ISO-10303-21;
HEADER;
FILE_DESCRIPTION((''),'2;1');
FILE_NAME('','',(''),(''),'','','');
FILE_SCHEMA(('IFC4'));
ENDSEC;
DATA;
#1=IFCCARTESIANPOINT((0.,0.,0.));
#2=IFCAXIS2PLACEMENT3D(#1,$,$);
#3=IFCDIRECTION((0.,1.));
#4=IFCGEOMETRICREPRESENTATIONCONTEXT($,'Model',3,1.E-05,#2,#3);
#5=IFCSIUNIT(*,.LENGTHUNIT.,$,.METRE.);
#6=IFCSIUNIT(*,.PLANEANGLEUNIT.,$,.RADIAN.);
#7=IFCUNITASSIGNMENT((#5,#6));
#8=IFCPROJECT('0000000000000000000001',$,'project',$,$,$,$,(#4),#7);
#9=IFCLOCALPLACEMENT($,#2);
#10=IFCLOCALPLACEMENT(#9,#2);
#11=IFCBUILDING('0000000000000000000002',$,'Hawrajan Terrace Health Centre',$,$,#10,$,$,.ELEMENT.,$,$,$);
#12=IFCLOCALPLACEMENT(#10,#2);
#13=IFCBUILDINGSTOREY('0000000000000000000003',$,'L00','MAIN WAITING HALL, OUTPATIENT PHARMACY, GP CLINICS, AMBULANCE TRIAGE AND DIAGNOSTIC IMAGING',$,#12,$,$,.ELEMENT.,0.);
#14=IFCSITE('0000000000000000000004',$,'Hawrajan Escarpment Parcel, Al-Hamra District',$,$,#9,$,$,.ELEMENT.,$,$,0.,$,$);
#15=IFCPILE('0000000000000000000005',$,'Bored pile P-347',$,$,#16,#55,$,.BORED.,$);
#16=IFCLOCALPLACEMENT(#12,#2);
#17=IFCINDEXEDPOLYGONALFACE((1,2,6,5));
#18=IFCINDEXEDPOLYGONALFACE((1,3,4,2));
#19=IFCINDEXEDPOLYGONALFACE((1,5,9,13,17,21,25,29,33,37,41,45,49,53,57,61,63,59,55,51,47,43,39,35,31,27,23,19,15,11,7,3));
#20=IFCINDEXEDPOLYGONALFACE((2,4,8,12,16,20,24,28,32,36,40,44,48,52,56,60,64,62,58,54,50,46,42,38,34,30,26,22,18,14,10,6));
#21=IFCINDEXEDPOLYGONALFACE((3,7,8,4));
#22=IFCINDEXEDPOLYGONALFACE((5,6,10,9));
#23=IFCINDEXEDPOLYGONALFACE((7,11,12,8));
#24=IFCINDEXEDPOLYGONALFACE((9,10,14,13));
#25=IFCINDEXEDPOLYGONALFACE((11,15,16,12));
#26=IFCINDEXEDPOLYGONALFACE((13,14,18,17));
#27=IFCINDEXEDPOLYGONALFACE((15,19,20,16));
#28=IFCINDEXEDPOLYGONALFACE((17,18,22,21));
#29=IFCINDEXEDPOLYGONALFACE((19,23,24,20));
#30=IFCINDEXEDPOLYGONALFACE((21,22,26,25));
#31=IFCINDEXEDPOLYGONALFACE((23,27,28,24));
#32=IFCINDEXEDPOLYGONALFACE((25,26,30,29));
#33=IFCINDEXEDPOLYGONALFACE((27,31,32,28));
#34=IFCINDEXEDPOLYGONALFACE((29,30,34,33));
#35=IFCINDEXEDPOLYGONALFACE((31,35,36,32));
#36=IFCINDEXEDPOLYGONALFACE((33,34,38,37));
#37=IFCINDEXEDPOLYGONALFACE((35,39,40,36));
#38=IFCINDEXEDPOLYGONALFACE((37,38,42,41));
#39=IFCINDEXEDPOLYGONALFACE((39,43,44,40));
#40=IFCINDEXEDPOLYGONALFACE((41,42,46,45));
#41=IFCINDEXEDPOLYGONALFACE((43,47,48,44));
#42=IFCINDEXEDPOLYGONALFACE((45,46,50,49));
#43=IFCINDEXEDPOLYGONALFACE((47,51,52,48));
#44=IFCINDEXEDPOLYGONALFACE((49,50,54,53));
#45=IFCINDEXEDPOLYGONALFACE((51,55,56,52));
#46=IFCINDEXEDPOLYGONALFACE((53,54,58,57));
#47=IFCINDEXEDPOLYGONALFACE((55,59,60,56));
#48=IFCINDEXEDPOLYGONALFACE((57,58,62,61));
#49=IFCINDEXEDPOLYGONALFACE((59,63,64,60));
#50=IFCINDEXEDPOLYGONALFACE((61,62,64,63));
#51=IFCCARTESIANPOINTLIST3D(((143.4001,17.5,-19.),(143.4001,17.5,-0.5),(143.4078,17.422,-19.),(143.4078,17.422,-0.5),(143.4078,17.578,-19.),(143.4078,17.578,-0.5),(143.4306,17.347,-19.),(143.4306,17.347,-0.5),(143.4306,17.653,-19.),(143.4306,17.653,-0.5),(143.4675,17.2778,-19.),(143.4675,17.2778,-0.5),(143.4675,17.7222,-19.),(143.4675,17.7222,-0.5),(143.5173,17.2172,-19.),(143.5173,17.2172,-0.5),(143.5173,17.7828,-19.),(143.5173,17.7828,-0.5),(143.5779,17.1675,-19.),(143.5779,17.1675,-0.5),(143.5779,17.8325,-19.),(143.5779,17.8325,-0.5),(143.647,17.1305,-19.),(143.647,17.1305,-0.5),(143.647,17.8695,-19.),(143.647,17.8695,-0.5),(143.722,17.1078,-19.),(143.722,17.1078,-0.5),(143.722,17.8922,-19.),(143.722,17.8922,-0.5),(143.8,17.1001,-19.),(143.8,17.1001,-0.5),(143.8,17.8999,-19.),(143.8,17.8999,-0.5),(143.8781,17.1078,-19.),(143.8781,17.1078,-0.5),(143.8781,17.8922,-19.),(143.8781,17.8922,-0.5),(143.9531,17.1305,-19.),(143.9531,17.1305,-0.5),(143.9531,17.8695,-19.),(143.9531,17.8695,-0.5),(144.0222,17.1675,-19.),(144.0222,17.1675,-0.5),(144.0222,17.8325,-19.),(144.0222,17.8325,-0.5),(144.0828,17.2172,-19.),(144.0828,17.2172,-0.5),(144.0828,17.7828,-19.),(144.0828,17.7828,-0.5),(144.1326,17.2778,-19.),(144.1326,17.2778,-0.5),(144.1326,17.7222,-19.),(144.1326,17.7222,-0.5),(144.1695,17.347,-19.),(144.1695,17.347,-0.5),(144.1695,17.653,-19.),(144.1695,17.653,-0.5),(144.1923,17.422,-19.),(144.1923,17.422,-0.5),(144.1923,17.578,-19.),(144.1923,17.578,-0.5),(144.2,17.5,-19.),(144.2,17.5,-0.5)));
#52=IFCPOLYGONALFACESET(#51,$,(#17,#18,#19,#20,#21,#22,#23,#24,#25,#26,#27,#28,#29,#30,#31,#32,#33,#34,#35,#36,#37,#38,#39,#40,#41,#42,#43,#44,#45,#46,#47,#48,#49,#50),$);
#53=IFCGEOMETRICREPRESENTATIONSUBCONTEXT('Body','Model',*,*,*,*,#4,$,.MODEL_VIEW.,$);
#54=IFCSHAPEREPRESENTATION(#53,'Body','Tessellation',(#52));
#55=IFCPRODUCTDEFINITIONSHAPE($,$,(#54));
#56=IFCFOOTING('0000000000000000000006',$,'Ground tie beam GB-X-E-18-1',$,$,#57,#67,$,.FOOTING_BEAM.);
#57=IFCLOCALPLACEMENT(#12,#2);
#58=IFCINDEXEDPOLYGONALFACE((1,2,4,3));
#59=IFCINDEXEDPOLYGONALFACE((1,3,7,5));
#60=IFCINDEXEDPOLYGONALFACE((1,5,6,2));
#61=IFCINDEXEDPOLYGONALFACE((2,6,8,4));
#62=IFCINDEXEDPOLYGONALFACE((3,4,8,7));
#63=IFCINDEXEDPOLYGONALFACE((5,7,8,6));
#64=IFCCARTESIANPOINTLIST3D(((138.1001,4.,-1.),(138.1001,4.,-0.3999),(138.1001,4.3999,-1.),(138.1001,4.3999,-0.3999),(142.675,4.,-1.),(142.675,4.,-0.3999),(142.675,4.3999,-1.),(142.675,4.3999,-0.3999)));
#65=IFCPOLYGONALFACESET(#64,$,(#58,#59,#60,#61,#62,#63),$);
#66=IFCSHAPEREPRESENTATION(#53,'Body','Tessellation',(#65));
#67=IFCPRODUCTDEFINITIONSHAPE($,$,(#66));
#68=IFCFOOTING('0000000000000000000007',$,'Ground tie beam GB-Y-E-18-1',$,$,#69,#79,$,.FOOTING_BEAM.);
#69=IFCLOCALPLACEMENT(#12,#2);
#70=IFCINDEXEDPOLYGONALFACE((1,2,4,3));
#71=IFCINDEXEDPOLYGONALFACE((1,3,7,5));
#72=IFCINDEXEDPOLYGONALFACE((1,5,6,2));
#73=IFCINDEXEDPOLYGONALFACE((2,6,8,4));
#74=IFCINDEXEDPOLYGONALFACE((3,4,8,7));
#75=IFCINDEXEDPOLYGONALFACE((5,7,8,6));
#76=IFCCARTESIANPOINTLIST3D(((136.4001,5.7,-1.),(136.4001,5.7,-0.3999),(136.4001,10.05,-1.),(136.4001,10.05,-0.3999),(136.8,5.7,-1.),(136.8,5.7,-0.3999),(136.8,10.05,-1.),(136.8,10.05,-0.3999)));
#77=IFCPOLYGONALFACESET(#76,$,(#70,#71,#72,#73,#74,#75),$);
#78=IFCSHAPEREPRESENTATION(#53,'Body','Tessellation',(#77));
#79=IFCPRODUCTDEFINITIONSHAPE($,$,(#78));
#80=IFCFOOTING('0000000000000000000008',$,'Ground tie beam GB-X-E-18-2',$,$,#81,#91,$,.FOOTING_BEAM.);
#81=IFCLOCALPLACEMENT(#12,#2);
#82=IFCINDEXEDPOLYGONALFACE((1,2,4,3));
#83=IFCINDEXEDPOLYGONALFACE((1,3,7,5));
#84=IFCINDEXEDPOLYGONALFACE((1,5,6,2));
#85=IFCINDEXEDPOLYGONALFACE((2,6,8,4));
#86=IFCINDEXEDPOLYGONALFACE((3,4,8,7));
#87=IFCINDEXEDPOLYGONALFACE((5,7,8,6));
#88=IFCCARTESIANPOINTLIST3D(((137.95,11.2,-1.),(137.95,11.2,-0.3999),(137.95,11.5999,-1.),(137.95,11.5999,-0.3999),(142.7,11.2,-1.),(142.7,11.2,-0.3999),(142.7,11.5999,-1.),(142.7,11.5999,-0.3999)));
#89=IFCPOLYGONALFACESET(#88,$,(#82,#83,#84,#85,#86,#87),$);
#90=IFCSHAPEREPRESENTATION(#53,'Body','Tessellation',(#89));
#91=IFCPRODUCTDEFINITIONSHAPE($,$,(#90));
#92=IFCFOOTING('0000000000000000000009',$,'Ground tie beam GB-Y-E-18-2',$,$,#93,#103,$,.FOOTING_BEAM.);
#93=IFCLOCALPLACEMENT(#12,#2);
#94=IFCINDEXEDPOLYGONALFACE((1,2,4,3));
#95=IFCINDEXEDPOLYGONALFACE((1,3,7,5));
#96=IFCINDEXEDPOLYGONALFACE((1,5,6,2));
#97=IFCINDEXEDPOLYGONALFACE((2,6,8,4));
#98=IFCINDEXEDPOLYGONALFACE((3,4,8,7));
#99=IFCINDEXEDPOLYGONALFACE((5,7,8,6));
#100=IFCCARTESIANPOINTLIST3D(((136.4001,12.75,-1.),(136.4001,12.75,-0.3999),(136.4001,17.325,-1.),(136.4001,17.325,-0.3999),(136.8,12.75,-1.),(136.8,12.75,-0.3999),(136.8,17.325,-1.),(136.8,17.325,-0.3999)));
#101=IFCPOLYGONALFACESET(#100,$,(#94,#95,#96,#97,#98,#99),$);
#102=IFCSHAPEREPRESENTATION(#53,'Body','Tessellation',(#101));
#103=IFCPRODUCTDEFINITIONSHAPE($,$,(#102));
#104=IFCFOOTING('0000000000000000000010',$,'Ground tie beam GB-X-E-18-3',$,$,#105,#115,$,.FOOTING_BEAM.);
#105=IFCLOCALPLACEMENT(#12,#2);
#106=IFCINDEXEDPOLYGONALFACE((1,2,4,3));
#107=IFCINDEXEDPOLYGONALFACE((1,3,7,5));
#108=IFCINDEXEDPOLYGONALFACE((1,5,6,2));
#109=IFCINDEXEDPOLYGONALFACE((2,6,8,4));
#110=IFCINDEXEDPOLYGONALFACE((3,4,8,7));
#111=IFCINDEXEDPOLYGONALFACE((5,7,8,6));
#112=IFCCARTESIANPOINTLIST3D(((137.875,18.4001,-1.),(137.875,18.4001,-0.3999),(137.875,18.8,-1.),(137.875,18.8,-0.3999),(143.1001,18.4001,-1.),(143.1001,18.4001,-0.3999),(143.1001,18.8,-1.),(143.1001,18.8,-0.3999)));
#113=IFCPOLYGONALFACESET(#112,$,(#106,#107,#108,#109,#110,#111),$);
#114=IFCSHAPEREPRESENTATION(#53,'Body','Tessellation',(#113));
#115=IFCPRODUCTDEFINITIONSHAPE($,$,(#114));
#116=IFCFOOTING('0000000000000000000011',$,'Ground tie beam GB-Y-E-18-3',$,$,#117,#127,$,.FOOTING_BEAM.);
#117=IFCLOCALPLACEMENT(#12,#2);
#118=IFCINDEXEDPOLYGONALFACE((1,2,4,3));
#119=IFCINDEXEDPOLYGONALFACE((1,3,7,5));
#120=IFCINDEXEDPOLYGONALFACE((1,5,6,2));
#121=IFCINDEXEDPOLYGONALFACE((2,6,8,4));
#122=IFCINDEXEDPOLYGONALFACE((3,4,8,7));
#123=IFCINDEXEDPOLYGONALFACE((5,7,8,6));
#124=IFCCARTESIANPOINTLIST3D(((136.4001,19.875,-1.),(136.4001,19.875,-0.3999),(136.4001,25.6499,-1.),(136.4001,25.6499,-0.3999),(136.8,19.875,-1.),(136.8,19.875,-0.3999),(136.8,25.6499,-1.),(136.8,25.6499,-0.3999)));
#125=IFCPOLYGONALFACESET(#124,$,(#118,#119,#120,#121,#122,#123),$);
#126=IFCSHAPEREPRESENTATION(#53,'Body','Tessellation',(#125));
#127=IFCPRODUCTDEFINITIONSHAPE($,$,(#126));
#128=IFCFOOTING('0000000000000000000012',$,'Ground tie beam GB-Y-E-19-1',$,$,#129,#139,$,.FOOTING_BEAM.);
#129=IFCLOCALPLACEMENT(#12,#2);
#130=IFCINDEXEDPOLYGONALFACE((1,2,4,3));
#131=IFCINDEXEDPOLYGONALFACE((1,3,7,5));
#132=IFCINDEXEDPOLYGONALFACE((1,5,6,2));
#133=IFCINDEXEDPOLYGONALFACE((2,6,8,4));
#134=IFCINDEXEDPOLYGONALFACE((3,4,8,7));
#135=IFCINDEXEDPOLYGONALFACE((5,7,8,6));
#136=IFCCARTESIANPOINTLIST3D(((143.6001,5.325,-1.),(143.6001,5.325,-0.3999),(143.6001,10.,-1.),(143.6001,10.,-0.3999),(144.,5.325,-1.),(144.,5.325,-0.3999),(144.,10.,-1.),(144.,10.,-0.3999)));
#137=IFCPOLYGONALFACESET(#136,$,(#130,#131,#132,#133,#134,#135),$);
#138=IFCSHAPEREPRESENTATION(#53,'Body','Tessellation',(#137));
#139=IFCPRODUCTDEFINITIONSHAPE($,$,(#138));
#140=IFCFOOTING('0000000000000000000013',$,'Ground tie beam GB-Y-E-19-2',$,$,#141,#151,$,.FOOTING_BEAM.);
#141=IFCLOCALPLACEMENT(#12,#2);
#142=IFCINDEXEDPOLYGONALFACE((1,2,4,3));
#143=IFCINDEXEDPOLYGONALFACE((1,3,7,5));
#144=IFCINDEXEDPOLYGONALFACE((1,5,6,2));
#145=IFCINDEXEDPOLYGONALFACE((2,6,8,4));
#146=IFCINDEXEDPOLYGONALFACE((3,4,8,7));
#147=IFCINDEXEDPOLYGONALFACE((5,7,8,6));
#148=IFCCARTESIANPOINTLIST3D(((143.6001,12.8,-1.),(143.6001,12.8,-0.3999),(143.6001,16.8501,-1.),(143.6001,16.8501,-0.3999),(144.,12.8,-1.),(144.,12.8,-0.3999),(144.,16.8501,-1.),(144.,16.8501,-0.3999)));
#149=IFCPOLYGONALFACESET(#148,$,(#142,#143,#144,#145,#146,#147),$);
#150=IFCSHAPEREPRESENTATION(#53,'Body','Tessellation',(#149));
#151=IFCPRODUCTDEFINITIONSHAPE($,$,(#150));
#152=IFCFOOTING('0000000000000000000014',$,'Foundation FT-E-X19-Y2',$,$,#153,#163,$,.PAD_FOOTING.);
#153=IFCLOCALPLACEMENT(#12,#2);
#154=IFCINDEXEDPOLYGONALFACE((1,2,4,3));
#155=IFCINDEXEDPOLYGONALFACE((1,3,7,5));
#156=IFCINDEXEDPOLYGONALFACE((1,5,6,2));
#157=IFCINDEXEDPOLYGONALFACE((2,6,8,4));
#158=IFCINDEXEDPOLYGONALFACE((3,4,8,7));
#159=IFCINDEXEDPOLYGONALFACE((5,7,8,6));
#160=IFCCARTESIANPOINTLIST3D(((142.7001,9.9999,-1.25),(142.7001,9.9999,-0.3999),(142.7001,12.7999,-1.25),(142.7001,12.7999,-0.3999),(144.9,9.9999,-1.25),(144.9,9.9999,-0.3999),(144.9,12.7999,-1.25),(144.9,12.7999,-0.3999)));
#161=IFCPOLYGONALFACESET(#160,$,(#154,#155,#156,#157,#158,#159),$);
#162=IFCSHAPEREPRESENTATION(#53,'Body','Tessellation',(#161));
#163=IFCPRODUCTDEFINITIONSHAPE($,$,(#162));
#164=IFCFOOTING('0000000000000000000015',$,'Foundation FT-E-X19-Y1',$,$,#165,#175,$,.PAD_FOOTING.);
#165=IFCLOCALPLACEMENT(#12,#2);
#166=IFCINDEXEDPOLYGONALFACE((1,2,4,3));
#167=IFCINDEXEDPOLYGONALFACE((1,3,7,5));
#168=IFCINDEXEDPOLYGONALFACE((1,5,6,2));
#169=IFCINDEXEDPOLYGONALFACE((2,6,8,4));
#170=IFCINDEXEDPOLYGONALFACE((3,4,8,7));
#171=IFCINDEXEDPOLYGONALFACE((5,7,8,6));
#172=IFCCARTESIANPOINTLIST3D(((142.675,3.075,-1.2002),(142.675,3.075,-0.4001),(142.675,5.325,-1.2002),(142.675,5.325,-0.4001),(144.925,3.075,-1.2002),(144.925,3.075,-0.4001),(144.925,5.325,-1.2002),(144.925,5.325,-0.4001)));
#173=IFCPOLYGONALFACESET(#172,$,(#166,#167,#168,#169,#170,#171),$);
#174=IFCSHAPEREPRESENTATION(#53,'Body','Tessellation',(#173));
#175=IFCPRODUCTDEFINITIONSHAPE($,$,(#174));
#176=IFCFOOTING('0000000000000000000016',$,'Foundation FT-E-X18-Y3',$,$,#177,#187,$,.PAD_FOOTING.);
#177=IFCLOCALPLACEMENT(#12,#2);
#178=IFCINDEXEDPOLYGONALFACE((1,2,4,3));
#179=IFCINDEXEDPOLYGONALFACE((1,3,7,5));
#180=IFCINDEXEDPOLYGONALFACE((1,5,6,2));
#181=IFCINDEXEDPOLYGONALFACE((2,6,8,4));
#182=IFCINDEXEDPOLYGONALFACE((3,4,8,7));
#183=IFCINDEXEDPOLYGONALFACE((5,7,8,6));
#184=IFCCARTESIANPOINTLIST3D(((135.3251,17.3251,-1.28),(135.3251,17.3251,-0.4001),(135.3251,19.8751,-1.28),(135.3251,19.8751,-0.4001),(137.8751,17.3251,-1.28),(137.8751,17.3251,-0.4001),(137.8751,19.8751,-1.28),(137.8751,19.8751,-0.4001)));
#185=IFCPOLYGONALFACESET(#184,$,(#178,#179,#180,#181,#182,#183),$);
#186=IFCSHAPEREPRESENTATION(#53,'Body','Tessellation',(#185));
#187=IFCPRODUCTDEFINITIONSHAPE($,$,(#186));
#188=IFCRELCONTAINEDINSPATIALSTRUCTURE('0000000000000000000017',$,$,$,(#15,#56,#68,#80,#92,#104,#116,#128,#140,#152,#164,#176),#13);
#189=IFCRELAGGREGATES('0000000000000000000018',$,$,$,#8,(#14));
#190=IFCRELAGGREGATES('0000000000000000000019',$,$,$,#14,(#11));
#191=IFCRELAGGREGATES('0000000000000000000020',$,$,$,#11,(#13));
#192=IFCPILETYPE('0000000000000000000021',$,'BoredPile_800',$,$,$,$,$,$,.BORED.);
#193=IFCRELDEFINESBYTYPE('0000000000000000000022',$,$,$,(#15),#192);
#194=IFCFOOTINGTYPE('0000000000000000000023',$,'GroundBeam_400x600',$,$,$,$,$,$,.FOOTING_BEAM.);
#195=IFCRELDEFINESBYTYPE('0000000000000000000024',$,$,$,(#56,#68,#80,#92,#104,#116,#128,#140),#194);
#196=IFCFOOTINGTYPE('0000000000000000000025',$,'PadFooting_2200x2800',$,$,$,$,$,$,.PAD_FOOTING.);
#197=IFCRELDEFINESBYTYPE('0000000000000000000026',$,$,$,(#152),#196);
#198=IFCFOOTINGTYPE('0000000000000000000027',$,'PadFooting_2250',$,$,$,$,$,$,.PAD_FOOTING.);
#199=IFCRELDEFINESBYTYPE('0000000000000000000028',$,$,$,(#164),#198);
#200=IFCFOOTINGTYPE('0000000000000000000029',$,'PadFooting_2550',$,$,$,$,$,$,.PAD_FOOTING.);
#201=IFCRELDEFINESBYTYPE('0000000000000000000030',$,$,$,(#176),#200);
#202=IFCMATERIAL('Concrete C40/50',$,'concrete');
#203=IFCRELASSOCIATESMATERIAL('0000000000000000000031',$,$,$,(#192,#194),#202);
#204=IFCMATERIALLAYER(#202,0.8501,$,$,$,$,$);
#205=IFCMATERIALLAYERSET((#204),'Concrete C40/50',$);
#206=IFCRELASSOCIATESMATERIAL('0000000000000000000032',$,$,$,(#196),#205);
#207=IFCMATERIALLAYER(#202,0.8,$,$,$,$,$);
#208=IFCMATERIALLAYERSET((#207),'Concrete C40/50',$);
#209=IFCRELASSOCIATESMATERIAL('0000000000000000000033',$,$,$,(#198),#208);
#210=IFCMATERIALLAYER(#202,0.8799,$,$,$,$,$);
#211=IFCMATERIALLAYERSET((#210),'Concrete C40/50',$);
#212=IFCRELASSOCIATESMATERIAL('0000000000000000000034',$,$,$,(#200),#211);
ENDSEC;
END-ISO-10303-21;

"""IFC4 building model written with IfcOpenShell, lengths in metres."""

from ifc_helpers import new_model, si_unit, direction, frame, origin, origin_2d, place, context, subcontext, project, spatial, rectangle, circle, extrude, material, layer, layer_set, material_profile, profile_set, type_object, element, save


model = new_model("IFC4")

# Units and contexts
model_context = context("Model", 3, precision=1e-05, world=origin(), true_north=direction((0.0, 1.0)))
body_context = subcontext(model_context, "Body", "Model", "MODEL_VIEW")
ifc_project = project(units=[si_unit("LENGTHUNIT", "METRE"), si_unit("PLANEANGLEUNIT", "RADIAN")], contexts=[model_context])

# Site, building, storey
site_placement = place(None, origin())
site = spatial("IfcSite", under=ifc_project, at=site_placement, Name="Hawrajan Escarpment Parcel, Al-Hamra District", CompositionType="ELEMENT", RefElevation=0.0)
building_placement = place(site_placement, origin())
building = spatial("IfcBuilding", under=site, at=building_placement, Name="Hawrajan Terrace Health Centre", CompositionType="ELEMENT")
storey_placement = place(building_placement, origin())
storey = spatial("IfcBuildingStorey", under=building, at=storey_placement, Name="L00", Description="MAIN WAITING HALL, OUTPATIENT PHARMACY, GP CLINICS, AMBULANCE TRIAGE AND DIAGNOSTIC IMAGING", CompositionType="ELEMENT", Elevation=0.0)

# Pile
ifc_material_1 = material(Name="Concrete C40/50", Category="concrete")
ifc_material_profile_1 = material_profile(ifc_material_1, circle(Radius=0.3999, at=origin_2d()), Name="BP 800")
ifc_profile_set_1 = profile_set([ifc_material_profile_1], Name="Concrete C40/50")
pile_type = type_object("IfcPileType", Name="BoredPile_800", PredefinedType="BORED", material=ifc_profile_set_1)
pile_placement = place(storey_placement, frame((143.8, 17.5, -0.5), z_axis=(0.0, 0.0, -1.0), x_axis=(1.0, 0.0, 0.0)))
element("IfcPile", 1, at=pile_placement, inside=storey, type_object=pile_type, Name="Bored pile P-347", PredefinedType="BORED", context=body_context, shape_type="SweptSolid", body=[
    extrude(circle(Radius=0.3999, at=origin_2d()), origin(), (0.0, 0.0, 1.0), 18.5),
])

# Footings
ifc_material_profile_2 = material_profile(ifc_material_1, rectangle(XDim=0.3999, YDim=0.6001, at=origin_2d()), Name="RC BM 400x600")
ifc_profile_set_2 = profile_set([ifc_material_profile_2], Name="Concrete C40/50")
footing_type_1 = type_object("IfcFootingType", Name="GroundBeam_400x600", PredefinedType="FOOTING_BEAM", material=ifc_profile_set_2)
footing_1_placement = place(storey_placement, frame((138.1001, 4.2, -0.7), z_axis=(1.0, 0.0, 0.0), x_axis=(0.0, 1.0, 0.0)))
element("IfcFooting", 2, at=footing_1_placement, inside=storey, type_object=footing_type_1, Name="Ground tie beam GB-X-E-18-1", PredefinedType="FOOTING_BEAM", context=body_context, shape_type="SweptSolid", body=[
    extrude(rectangle(XDim=0.3999, YDim=0.6001, at=origin_2d()), origin(), (0.0, 0.0, 1.0), 4.575),
])
footing_2_placement = place(storey_placement, frame((136.6001, 5.7, -0.7), z_axis=(0.0, 1.0, 0.0), x_axis=(-1.0, 0.0, 0.0)))
element("IfcFooting", 3, at=footing_2_placement, inside=storey, type_object=footing_type_1, Name="Ground tie beam GB-Y-E-18-1", PredefinedType="FOOTING_BEAM", context=body_context, shape_type="SweptSolid", body=[
    extrude(rectangle(XDim=0.3999, YDim=0.6001, at=origin_2d()), origin(), (0.0, 0.0, 1.0), 4.3501),
])
footing_3_placement = place(storey_placement, frame((137.95, 11.3999, -0.7), z_axis=(1.0, 0.0, 0.0), x_axis=(0.0, 1.0, 0.0)))
element("IfcFooting", 4, at=footing_3_placement, inside=storey, type_object=footing_type_1, Name="Ground tie beam GB-X-E-18-2", PredefinedType="FOOTING_BEAM", context=body_context, shape_type="SweptSolid", body=[
    extrude(rectangle(XDim=0.3999, YDim=0.6001, at=origin_2d()), origin(), (0.0, 0.0, 1.0), 4.75),
])
footing_4_placement = place(storey_placement, frame((136.6001, 12.75, -0.7), z_axis=(0.0, 1.0, 0.0), x_axis=(-1.0, 0.0, 0.0)))
element("IfcFooting", 5, at=footing_4_placement, inside=storey, type_object=footing_type_1, Name="Ground tie beam GB-Y-E-18-2", PredefinedType="FOOTING_BEAM", context=body_context, shape_type="SweptSolid", body=[
    extrude(rectangle(XDim=0.3999, YDim=0.6001, at=origin_2d()), origin(), (0.0, 0.0, 1.0), 4.575),
])
footing_5_placement = place(storey_placement, frame((137.875, 18.6001, -0.7), z_axis=(1.0, 0.0, 0.0), x_axis=(0.0, 1.0, 0.0)))
element("IfcFooting", 6, at=footing_5_placement, inside=storey, type_object=footing_type_1, Name="Ground tie beam GB-X-E-18-3", PredefinedType="FOOTING_BEAM", context=body_context, shape_type="SweptSolid", body=[
    extrude(rectangle(XDim=0.3999, YDim=0.6001, at=origin_2d()), origin(), (0.0, 0.0, 1.0), 5.2251),
])
footing_6_placement = place(storey_placement, frame((136.6001, 19.875, -0.7), z_axis=(0.0, 1.0, 0.0), x_axis=(-1.0, 0.0, 0.0)))
element("IfcFooting", 7, at=footing_6_placement, inside=storey, type_object=footing_type_1, Name="Ground tie beam GB-Y-E-18-3", PredefinedType="FOOTING_BEAM", context=body_context, shape_type="SweptSolid", body=[
    extrude(rectangle(XDim=0.3999, YDim=0.6001, at=origin_2d()), origin(), (0.0, 0.0, 1.0), 5.7749),
])
footing_7_placement = place(storey_placement, frame((143.8, 5.325, -0.7), z_axis=(0.0, 1.0, 0.0), x_axis=(-1.0, 0.0, 0.0)))
element("IfcFooting", 8, at=footing_7_placement, inside=storey, type_object=footing_type_1, Name="Ground tie beam GB-Y-E-19-1", PredefinedType="FOOTING_BEAM", context=body_context, shape_type="SweptSolid", body=[
    extrude(rectangle(XDim=0.3999, YDim=0.6001, at=origin_2d()), origin(), (0.0, 0.0, 1.0), 4.675),
])
footing_8_placement = place(storey_placement, frame((143.8, 12.8, -0.7), z_axis=(0.0, 1.0, 0.0), x_axis=(-1.0, 0.0, 0.0)))
element("IfcFooting", 9, at=footing_8_placement, inside=storey, type_object=footing_type_1, Name="Ground tie beam GB-Y-E-19-2", PredefinedType="FOOTING_BEAM", context=body_context, shape_type="SweptSolid", body=[
    extrude(rectangle(XDim=0.3999, YDim=0.6001, at=origin_2d()), origin(), (0.0, 0.0, 1.0), 4.05),
])
ifc_layer_1 = layer(ifc_material_1, 0.8501)
ifc_layer_set_1 = layer_set([ifc_layer_1], Name="Concrete C40/50")
footing_type_2 = type_object("IfcFootingType", Name="PadFooting_2200x2800", PredefinedType="PAD_FOOTING", material=ifc_layer_set_1)
footing_9_placement = place(storey_placement, frame((143.8, 11.3999, -1.25), z_axis=(0.0, 0.0, 1.0), x_axis=(1.0, 0.0, 0.0)))
element("IfcFooting", 10, at=footing_9_placement, inside=storey, type_object=footing_type_2, Name="Foundation FT-E-X19-Y2", PredefinedType="PAD_FOOTING", context=body_context, shape_type="SweptSolid", body=[
    extrude(rectangle(XDim=2.2, YDim=2.8, at=origin_2d()), origin(), (0.0, 0.0, 1.0), 0.8501),
])
ifc_layer_2 = layer(ifc_material_1, 0.8)
ifc_layer_set_2 = layer_set([ifc_layer_2], Name="Concrete C40/50")
footing_type_3 = type_object("IfcFootingType", Name="PadFooting_2250", PredefinedType="PAD_FOOTING", material=ifc_layer_set_2)
footing_10_placement = place(storey_placement, frame((143.8, 4.2, -1.2002), z_axis=(0.0, 0.0, 1.0), x_axis=(1.0, 0.0, 0.0)))
element("IfcFooting", 11, at=footing_10_placement, inside=storey, type_object=footing_type_3, Name="Foundation FT-E-X19-Y1", PredefinedType="PAD_FOOTING", context=body_context, shape_type="SweptSolid", body=[
    extrude(rectangle(XDim=2.25, YDim=2.25, at=origin_2d()), origin(), (0.0, 0.0, 1.0), 0.8),
])
ifc_layer_3 = layer(ifc_material_1, 0.8799)
ifc_layer_set_3 = layer_set([ifc_layer_3], Name="Concrete C40/50")
footing_type_4 = type_object("IfcFootingType", Name="PadFooting_2550", PredefinedType="PAD_FOOTING", material=ifc_layer_set_3)
footing_11_placement = place(storey_placement, frame((136.6001, 18.6001, -1.28), z_axis=(0.0, 0.0, 1.0), x_axis=(1.0, 0.0, 0.0)))
element("IfcFooting", 12, at=footing_11_placement, inside=storey, type_object=footing_type_4, Name="Foundation FT-E-X18-Y3", PredefinedType="PAD_FOOTING", context=body_context, shape_type="SweptSolid", body=[
    extrude(rectangle(XDim=2.55, YDim=2.55, at=origin_2d()), origin(), (0.0, 0.0, 1.0), 0.8799),
])

save(model, "model.ifc")
